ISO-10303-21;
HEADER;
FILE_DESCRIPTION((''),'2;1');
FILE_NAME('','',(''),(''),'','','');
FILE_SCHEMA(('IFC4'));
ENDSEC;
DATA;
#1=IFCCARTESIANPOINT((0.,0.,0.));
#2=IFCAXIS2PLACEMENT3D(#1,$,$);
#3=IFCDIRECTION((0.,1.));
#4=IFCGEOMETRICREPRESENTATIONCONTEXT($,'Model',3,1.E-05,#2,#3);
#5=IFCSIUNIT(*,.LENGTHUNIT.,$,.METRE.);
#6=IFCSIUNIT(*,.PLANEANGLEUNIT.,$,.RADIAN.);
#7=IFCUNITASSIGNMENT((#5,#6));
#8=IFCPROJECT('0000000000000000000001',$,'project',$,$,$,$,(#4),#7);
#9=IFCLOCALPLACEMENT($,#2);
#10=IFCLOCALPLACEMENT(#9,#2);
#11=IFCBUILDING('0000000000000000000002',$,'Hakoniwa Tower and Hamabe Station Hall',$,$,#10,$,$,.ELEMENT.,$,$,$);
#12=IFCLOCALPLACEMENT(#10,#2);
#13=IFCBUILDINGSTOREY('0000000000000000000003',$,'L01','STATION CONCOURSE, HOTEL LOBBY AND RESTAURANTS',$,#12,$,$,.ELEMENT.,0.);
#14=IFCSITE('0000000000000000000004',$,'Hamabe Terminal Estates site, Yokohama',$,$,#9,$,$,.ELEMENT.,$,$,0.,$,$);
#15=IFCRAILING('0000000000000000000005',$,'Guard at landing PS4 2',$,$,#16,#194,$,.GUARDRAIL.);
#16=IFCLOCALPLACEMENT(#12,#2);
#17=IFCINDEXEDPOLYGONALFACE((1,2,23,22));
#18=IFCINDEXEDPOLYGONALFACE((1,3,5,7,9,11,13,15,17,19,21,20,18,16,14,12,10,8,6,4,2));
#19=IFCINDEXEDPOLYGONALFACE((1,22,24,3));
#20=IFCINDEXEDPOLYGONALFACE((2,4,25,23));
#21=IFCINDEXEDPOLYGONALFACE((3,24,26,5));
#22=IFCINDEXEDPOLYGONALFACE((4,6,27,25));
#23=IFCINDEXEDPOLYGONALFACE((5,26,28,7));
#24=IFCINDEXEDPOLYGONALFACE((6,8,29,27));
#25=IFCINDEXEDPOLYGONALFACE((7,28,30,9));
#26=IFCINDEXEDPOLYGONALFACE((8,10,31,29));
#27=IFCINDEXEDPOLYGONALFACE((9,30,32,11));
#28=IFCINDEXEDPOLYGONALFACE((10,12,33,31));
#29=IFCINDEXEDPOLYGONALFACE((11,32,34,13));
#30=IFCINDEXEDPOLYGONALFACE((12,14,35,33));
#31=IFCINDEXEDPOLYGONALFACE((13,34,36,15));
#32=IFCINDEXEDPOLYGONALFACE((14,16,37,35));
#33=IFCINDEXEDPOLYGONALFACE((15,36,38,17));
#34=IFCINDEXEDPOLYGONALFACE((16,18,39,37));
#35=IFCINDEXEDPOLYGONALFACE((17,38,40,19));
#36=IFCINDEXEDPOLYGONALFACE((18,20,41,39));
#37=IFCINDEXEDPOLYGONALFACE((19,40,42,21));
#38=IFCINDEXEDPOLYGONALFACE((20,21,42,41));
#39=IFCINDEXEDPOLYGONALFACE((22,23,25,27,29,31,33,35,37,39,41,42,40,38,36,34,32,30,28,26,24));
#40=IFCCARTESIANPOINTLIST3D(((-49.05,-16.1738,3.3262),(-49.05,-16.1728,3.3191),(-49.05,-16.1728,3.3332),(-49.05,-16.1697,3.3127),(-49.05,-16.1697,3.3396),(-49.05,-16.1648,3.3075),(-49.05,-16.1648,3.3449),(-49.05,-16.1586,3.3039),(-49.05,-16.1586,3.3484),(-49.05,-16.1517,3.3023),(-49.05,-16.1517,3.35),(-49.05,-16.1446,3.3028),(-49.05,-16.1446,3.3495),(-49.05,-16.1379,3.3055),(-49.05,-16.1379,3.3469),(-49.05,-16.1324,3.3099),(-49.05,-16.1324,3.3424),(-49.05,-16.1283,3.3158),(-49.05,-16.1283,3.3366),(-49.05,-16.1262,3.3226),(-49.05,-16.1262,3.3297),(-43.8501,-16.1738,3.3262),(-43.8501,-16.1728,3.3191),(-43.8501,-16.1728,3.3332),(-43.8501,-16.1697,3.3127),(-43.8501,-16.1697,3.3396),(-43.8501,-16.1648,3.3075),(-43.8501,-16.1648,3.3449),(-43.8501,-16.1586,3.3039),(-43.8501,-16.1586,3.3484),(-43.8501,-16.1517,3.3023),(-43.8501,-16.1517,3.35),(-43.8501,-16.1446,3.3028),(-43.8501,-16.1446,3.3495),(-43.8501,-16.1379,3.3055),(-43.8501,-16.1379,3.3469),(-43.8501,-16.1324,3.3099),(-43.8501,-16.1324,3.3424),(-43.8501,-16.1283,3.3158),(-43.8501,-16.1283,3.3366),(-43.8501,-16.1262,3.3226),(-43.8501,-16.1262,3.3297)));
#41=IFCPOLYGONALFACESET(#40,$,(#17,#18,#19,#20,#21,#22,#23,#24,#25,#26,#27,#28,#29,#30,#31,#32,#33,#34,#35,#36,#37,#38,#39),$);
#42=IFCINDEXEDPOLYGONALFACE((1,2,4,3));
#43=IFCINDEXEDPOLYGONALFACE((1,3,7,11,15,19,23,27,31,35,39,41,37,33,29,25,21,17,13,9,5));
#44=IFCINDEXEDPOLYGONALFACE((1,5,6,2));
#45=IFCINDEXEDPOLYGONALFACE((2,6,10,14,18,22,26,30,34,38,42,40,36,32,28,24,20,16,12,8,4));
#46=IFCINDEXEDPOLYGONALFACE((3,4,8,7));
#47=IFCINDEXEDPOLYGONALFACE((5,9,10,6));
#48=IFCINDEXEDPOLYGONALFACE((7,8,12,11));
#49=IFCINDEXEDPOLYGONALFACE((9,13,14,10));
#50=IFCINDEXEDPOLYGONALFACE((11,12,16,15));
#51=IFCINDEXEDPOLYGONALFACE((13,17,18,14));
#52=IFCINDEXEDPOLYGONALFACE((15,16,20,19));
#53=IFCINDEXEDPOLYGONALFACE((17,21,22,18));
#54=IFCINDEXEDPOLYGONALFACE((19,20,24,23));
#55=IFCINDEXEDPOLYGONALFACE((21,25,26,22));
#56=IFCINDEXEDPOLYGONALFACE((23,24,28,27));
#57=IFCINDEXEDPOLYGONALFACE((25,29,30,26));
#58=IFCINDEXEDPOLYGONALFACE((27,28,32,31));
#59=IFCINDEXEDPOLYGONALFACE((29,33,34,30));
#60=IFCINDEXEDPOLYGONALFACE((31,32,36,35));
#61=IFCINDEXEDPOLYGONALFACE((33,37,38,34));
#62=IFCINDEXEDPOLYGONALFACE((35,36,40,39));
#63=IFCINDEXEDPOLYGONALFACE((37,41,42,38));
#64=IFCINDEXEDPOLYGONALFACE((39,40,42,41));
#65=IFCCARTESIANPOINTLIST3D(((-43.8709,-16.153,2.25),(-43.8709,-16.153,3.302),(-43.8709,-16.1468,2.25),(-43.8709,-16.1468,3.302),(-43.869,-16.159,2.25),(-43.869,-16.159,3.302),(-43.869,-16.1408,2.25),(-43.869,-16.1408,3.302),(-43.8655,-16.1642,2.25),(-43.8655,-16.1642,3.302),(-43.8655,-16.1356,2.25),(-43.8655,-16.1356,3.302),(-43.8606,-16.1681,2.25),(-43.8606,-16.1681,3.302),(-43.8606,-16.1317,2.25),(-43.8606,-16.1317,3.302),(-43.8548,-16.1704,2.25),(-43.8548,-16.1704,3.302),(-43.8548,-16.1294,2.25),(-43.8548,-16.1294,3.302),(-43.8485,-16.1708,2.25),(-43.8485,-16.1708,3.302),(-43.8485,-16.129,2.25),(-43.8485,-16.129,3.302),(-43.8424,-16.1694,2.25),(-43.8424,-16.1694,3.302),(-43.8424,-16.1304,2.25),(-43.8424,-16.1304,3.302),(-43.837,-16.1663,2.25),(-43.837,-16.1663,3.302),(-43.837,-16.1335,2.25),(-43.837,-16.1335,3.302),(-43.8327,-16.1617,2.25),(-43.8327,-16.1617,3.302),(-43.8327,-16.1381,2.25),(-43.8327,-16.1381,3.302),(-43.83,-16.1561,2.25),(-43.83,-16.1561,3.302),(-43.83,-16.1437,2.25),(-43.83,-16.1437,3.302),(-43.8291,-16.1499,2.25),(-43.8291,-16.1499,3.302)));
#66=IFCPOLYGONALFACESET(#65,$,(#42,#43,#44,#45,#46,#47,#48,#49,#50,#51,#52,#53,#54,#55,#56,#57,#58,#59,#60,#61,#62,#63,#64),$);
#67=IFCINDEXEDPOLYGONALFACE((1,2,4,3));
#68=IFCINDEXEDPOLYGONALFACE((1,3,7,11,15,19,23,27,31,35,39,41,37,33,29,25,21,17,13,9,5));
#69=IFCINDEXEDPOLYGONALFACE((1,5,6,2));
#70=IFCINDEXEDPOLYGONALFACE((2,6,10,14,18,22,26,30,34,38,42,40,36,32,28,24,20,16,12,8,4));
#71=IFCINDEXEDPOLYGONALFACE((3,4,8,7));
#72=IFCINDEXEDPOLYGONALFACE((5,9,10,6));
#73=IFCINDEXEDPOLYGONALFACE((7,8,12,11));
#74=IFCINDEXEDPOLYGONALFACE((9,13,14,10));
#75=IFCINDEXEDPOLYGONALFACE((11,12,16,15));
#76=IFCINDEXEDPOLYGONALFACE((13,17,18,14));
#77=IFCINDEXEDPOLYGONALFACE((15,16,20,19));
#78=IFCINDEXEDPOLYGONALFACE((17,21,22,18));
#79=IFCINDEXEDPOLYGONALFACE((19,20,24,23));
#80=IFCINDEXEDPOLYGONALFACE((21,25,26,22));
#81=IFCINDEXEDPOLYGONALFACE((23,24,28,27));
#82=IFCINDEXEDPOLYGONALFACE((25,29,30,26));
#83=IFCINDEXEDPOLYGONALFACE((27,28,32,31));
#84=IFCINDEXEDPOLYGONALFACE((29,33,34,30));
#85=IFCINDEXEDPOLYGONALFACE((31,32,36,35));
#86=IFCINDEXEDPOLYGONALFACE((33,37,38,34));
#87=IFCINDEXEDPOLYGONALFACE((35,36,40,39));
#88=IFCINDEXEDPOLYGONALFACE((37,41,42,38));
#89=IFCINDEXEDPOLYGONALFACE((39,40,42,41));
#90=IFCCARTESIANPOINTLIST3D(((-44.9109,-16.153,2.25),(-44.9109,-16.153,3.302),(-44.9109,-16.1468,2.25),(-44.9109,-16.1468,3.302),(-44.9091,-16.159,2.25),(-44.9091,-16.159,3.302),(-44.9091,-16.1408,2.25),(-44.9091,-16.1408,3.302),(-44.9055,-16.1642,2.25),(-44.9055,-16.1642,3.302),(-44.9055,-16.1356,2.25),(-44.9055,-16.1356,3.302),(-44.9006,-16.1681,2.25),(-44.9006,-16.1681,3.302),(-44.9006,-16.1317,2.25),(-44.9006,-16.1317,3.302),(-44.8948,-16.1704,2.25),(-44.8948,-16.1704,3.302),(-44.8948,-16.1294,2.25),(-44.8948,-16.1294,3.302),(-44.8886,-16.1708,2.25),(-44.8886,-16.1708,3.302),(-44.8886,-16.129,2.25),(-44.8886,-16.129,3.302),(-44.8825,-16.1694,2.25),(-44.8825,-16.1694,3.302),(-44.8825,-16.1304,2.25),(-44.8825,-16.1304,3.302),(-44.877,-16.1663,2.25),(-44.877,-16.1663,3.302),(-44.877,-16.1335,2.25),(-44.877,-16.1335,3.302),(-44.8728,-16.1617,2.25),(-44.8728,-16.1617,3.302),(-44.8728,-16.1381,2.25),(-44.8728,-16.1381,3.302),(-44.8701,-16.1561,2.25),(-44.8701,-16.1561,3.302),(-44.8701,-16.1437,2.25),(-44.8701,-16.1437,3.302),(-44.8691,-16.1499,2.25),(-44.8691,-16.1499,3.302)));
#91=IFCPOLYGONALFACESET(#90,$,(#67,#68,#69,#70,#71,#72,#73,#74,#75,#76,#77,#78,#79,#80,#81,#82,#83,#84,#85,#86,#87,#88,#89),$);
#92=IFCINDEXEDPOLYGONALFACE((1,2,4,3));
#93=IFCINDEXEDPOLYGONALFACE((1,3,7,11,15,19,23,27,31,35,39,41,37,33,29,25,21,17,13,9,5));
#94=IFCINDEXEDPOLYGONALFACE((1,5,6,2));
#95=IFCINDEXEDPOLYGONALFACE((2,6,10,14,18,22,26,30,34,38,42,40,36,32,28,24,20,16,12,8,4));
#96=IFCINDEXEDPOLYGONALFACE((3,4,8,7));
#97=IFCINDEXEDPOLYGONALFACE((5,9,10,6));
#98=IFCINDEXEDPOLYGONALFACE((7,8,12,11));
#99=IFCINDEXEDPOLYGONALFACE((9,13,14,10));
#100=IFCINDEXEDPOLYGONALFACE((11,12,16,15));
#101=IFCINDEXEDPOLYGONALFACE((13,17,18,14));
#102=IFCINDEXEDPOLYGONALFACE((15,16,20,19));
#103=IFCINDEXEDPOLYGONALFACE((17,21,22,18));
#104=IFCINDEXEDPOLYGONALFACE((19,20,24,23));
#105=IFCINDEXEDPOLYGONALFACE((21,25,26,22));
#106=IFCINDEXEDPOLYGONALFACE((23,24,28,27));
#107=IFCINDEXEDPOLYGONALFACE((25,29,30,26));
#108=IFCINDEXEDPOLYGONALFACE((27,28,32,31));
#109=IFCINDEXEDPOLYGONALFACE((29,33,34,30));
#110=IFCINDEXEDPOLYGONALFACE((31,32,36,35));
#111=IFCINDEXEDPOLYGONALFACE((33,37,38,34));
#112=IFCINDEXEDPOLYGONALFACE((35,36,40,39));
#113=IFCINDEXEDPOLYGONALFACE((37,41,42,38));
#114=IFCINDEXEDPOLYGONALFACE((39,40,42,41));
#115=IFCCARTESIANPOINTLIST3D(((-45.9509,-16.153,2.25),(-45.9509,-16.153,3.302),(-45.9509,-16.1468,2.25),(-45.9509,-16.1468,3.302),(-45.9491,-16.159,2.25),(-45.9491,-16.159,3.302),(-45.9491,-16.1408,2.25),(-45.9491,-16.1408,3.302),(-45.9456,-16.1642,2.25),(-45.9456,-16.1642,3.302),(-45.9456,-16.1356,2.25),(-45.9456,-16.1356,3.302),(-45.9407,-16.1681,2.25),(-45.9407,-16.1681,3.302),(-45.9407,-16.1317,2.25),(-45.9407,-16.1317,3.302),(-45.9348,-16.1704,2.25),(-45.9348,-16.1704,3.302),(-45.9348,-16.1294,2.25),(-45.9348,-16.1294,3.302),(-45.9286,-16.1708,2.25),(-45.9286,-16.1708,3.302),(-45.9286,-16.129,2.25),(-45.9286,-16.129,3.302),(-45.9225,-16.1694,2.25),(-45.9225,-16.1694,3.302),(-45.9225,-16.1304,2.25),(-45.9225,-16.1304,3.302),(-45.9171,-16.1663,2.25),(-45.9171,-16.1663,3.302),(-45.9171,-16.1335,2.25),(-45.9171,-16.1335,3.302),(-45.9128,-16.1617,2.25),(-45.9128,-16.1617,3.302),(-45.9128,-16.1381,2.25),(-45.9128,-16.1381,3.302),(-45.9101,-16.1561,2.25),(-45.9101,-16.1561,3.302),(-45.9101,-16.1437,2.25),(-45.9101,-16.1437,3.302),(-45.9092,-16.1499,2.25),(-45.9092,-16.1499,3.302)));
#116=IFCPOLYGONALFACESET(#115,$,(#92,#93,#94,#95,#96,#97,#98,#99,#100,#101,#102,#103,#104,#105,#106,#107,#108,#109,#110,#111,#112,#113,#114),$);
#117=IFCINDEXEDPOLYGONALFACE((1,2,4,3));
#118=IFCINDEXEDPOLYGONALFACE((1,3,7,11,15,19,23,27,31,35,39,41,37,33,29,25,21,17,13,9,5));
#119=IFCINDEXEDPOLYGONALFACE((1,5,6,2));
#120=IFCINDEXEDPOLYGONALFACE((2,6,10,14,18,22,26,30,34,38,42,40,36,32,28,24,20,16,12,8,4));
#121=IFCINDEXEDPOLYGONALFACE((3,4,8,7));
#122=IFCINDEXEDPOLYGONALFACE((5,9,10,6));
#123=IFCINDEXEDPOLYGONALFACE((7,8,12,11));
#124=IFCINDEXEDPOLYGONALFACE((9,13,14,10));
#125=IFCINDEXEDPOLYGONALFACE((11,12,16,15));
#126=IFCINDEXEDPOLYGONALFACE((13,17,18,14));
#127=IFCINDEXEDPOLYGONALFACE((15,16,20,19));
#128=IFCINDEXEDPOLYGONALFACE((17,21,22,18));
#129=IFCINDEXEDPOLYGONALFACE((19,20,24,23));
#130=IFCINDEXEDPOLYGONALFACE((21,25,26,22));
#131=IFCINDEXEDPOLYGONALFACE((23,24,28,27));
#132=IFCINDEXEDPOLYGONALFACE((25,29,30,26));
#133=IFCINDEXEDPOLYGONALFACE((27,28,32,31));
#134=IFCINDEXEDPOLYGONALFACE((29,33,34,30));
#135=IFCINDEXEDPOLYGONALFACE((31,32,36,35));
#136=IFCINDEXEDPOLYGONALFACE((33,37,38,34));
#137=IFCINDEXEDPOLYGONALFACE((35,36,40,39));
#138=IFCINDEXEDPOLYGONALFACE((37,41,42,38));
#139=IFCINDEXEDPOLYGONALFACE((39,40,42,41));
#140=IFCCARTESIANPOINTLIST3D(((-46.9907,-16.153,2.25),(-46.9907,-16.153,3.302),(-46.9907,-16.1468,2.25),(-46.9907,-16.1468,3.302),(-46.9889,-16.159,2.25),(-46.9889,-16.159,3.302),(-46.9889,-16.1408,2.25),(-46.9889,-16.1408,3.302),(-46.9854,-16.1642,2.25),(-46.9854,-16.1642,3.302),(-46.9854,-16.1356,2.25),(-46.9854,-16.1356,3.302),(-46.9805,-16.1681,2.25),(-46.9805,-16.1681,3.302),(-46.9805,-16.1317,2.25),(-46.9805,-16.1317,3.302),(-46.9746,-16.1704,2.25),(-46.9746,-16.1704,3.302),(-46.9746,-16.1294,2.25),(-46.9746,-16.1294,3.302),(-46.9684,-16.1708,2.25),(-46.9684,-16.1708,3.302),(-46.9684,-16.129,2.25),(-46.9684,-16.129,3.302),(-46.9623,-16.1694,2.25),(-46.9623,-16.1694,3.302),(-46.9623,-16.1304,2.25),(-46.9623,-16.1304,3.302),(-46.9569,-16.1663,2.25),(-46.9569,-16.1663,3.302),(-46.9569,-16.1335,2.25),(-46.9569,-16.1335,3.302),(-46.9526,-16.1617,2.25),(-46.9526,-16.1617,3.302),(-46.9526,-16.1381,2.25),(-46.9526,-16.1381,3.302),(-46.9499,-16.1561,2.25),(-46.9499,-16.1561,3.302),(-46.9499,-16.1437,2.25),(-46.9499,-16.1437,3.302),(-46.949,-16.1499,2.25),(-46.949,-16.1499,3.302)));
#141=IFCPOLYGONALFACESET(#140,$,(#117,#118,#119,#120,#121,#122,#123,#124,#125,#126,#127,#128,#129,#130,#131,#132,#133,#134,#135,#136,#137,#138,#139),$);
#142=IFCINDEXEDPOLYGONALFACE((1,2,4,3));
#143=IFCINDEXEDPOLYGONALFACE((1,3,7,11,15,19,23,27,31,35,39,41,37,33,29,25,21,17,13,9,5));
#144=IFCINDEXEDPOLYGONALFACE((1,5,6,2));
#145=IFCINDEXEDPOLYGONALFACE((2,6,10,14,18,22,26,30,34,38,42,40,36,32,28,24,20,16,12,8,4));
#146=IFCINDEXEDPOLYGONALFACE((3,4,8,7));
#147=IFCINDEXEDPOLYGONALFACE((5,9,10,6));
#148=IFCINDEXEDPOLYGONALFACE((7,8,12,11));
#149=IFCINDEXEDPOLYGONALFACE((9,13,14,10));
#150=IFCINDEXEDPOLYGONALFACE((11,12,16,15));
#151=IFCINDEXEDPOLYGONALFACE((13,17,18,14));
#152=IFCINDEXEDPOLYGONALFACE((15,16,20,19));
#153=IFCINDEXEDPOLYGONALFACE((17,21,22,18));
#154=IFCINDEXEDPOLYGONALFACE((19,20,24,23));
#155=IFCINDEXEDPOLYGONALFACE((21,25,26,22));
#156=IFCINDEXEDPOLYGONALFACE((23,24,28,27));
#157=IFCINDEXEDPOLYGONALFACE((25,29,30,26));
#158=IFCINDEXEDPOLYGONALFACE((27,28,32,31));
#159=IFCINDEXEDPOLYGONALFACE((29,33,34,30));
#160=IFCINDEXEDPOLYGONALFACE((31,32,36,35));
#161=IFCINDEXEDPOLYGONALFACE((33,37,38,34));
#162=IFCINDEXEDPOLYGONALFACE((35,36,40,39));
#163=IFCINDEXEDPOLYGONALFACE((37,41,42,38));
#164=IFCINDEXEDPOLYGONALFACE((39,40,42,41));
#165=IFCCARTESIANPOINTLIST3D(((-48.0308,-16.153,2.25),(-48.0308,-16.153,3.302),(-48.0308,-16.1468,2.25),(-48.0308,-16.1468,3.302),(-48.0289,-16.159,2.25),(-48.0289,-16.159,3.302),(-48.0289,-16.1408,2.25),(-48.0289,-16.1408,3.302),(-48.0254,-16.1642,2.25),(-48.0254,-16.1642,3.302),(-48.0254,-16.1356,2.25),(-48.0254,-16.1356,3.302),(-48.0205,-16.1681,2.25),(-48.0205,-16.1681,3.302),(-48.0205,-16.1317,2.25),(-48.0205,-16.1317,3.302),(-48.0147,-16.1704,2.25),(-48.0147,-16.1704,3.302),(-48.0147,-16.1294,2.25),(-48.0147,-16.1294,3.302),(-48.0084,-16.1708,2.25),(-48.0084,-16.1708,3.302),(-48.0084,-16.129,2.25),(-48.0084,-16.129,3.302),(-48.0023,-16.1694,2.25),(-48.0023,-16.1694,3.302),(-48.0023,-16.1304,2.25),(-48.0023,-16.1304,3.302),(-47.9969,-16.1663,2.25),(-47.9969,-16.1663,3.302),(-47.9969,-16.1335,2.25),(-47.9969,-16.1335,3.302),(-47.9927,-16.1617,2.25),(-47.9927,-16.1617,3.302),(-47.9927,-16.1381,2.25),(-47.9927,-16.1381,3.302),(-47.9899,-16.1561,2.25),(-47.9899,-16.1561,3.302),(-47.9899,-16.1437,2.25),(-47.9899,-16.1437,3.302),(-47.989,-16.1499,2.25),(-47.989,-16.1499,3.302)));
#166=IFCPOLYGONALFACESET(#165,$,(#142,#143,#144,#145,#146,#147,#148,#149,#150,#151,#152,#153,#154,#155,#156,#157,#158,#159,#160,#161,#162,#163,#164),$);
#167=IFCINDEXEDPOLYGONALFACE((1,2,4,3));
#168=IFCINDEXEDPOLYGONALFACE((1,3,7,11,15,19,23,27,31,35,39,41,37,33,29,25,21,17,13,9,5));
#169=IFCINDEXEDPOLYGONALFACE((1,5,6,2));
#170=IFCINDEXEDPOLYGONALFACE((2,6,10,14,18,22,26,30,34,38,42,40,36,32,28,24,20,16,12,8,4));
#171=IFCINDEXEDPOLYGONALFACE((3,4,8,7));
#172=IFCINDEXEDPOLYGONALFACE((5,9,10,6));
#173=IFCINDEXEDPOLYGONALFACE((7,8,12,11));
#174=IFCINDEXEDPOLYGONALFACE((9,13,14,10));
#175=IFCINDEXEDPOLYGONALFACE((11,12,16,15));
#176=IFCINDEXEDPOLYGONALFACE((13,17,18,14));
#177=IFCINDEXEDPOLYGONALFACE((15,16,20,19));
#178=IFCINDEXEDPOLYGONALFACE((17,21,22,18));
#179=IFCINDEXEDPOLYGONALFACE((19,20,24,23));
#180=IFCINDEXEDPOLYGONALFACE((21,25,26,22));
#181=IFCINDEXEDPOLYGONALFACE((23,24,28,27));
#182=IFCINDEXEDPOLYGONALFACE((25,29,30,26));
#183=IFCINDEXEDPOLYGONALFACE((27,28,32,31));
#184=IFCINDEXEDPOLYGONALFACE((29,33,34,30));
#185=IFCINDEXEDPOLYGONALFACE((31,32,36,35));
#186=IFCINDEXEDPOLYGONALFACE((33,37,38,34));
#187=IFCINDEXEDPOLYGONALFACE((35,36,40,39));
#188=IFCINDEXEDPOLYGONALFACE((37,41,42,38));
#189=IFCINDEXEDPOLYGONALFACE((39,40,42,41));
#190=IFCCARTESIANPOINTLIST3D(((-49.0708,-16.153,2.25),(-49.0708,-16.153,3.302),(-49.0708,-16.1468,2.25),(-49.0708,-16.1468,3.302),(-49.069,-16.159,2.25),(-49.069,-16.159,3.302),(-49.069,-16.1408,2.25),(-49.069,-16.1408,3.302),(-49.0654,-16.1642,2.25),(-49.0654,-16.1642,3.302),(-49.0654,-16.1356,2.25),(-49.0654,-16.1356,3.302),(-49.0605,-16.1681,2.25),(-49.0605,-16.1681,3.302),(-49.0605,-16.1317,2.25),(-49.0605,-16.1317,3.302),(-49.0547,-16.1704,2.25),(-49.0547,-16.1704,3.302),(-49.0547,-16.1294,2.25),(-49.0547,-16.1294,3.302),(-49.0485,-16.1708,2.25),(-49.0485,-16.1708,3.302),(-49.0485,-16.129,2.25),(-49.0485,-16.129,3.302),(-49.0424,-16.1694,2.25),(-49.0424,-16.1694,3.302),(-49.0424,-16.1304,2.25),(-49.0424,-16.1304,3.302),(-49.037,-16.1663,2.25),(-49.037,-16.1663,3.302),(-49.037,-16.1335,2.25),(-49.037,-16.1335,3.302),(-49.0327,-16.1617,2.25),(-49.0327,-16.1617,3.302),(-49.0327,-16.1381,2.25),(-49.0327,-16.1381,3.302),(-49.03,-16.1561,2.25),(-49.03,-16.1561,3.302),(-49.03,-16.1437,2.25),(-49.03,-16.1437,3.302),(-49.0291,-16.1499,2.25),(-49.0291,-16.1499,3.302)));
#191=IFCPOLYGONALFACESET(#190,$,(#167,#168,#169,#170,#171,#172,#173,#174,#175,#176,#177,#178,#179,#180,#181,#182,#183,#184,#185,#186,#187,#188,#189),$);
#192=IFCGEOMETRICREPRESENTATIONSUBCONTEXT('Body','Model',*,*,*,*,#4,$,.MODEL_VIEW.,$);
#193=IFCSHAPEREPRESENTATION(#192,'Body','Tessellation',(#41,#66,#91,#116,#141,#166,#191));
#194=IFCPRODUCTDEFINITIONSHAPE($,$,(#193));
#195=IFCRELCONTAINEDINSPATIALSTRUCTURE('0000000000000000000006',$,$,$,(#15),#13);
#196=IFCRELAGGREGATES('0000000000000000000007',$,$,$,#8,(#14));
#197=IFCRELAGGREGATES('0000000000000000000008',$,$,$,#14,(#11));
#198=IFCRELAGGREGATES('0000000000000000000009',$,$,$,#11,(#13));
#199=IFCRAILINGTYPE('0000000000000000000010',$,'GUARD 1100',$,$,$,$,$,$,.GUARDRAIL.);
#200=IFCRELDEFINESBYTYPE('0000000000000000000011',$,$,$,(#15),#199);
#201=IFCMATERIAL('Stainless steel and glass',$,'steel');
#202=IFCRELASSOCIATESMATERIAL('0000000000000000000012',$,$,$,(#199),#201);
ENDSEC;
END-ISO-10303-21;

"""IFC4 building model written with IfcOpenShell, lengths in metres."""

from ifc_helpers import new_model, si_unit, direction, frame, origin, origin_2d, place, context, subcontext, project, spatial, circle, extrude, material, type_object, element, save


model = new_model("IFC4")

# Units and contexts
model_context = context("Model", 3, precision=1e-05, world=origin(), true_north=direction((0.0, 1.0)))
body_context = subcontext(model_context, "Body", "Model", "MODEL_VIEW")
ifc_project = project(units=[si_unit("LENGTHUNIT", "METRE"), si_unit("PLANEANGLEUNIT", "RADIAN")], contexts=[model_context])

# Site, building, storey
site_placement = place(None, origin())
site = spatial("IfcSite", under=ifc_project, at=site_placement, Name="Hamabe Terminal Estates site, Yokohama", CompositionType="ELEMENT", RefElevation=0.0)
building_placement = place(site_placement, origin())
building = spatial("IfcBuilding", under=site, at=building_placement, Name="Hakoniwa Tower and Hamabe Station Hall", CompositionType="ELEMENT")
storey_placement = place(building_placement, origin())
storey = spatial("IfcBuildingStorey", under=building, at=storey_placement, Name="L01", Description="STATION CONCOURSE, HOTEL LOBBY AND RESTAURANTS", CompositionType="ELEMENT", Elevation=0.0)

# Railing
ifc_material_1 = material(Name="Stainless steel and glass", Category="steel")
railing_type_1 = type_object("IfcRailingType", Name="GUARD 1100", PredefinedType="GUARDRAIL", material=ifc_material_1)
railing_1_placement = place(storey_placement, frame((-43.8501, -16.1499, 2.25)))
element("IfcRailing", 1, at=railing_1_placement, inside=storey, type_object=railing_type_1, Name="Guard at landing PS4 2", PredefinedType="GUARDRAIL", context=body_context, shape_type="SweptSolid", body=[
    extrude(circle(Radius=0.0239, at=origin_2d()), frame((0.0, 0.0, 1.0762), z_axis=(-1.0, 0.0, 0.0), x_axis=(0.0, -1.0, 0.0)), (0.0, 0.0, 1.0), 5.2),
    extrude(circle(Radius=0.021, at=origin_2d()), origin(), (0.0, 0.0, 1.0), 1.052),
    extrude(circle(Radius=0.021, at=origin_2d()), frame((-1.04, 0.0, 0.0)), (0.0, 0.0, 1.0), 1.052),
    extrude(circle(Radius=0.021, at=origin_2d()), frame((-2.0801, 0.0, 0.0)), (0.0, 0.0, 1.0), 1.052),
    extrude(circle(Radius=0.021, at=origin_2d()), frame((-3.1199, 0.0, 0.0)), (0.0, 0.0, 1.0), 1.052),
    extrude(circle(Radius=0.021, at=origin_2d()), frame((-4.1599, 0.0, 0.0)), (0.0, 0.0, 1.0), 1.052),
    extrude(circle(Radius=0.021, at=origin_2d()), frame((-5.2, 0.0, 0.0)), (0.0, 0.0, 1.0), 1.052),
])

save(model, "model.ifc")
